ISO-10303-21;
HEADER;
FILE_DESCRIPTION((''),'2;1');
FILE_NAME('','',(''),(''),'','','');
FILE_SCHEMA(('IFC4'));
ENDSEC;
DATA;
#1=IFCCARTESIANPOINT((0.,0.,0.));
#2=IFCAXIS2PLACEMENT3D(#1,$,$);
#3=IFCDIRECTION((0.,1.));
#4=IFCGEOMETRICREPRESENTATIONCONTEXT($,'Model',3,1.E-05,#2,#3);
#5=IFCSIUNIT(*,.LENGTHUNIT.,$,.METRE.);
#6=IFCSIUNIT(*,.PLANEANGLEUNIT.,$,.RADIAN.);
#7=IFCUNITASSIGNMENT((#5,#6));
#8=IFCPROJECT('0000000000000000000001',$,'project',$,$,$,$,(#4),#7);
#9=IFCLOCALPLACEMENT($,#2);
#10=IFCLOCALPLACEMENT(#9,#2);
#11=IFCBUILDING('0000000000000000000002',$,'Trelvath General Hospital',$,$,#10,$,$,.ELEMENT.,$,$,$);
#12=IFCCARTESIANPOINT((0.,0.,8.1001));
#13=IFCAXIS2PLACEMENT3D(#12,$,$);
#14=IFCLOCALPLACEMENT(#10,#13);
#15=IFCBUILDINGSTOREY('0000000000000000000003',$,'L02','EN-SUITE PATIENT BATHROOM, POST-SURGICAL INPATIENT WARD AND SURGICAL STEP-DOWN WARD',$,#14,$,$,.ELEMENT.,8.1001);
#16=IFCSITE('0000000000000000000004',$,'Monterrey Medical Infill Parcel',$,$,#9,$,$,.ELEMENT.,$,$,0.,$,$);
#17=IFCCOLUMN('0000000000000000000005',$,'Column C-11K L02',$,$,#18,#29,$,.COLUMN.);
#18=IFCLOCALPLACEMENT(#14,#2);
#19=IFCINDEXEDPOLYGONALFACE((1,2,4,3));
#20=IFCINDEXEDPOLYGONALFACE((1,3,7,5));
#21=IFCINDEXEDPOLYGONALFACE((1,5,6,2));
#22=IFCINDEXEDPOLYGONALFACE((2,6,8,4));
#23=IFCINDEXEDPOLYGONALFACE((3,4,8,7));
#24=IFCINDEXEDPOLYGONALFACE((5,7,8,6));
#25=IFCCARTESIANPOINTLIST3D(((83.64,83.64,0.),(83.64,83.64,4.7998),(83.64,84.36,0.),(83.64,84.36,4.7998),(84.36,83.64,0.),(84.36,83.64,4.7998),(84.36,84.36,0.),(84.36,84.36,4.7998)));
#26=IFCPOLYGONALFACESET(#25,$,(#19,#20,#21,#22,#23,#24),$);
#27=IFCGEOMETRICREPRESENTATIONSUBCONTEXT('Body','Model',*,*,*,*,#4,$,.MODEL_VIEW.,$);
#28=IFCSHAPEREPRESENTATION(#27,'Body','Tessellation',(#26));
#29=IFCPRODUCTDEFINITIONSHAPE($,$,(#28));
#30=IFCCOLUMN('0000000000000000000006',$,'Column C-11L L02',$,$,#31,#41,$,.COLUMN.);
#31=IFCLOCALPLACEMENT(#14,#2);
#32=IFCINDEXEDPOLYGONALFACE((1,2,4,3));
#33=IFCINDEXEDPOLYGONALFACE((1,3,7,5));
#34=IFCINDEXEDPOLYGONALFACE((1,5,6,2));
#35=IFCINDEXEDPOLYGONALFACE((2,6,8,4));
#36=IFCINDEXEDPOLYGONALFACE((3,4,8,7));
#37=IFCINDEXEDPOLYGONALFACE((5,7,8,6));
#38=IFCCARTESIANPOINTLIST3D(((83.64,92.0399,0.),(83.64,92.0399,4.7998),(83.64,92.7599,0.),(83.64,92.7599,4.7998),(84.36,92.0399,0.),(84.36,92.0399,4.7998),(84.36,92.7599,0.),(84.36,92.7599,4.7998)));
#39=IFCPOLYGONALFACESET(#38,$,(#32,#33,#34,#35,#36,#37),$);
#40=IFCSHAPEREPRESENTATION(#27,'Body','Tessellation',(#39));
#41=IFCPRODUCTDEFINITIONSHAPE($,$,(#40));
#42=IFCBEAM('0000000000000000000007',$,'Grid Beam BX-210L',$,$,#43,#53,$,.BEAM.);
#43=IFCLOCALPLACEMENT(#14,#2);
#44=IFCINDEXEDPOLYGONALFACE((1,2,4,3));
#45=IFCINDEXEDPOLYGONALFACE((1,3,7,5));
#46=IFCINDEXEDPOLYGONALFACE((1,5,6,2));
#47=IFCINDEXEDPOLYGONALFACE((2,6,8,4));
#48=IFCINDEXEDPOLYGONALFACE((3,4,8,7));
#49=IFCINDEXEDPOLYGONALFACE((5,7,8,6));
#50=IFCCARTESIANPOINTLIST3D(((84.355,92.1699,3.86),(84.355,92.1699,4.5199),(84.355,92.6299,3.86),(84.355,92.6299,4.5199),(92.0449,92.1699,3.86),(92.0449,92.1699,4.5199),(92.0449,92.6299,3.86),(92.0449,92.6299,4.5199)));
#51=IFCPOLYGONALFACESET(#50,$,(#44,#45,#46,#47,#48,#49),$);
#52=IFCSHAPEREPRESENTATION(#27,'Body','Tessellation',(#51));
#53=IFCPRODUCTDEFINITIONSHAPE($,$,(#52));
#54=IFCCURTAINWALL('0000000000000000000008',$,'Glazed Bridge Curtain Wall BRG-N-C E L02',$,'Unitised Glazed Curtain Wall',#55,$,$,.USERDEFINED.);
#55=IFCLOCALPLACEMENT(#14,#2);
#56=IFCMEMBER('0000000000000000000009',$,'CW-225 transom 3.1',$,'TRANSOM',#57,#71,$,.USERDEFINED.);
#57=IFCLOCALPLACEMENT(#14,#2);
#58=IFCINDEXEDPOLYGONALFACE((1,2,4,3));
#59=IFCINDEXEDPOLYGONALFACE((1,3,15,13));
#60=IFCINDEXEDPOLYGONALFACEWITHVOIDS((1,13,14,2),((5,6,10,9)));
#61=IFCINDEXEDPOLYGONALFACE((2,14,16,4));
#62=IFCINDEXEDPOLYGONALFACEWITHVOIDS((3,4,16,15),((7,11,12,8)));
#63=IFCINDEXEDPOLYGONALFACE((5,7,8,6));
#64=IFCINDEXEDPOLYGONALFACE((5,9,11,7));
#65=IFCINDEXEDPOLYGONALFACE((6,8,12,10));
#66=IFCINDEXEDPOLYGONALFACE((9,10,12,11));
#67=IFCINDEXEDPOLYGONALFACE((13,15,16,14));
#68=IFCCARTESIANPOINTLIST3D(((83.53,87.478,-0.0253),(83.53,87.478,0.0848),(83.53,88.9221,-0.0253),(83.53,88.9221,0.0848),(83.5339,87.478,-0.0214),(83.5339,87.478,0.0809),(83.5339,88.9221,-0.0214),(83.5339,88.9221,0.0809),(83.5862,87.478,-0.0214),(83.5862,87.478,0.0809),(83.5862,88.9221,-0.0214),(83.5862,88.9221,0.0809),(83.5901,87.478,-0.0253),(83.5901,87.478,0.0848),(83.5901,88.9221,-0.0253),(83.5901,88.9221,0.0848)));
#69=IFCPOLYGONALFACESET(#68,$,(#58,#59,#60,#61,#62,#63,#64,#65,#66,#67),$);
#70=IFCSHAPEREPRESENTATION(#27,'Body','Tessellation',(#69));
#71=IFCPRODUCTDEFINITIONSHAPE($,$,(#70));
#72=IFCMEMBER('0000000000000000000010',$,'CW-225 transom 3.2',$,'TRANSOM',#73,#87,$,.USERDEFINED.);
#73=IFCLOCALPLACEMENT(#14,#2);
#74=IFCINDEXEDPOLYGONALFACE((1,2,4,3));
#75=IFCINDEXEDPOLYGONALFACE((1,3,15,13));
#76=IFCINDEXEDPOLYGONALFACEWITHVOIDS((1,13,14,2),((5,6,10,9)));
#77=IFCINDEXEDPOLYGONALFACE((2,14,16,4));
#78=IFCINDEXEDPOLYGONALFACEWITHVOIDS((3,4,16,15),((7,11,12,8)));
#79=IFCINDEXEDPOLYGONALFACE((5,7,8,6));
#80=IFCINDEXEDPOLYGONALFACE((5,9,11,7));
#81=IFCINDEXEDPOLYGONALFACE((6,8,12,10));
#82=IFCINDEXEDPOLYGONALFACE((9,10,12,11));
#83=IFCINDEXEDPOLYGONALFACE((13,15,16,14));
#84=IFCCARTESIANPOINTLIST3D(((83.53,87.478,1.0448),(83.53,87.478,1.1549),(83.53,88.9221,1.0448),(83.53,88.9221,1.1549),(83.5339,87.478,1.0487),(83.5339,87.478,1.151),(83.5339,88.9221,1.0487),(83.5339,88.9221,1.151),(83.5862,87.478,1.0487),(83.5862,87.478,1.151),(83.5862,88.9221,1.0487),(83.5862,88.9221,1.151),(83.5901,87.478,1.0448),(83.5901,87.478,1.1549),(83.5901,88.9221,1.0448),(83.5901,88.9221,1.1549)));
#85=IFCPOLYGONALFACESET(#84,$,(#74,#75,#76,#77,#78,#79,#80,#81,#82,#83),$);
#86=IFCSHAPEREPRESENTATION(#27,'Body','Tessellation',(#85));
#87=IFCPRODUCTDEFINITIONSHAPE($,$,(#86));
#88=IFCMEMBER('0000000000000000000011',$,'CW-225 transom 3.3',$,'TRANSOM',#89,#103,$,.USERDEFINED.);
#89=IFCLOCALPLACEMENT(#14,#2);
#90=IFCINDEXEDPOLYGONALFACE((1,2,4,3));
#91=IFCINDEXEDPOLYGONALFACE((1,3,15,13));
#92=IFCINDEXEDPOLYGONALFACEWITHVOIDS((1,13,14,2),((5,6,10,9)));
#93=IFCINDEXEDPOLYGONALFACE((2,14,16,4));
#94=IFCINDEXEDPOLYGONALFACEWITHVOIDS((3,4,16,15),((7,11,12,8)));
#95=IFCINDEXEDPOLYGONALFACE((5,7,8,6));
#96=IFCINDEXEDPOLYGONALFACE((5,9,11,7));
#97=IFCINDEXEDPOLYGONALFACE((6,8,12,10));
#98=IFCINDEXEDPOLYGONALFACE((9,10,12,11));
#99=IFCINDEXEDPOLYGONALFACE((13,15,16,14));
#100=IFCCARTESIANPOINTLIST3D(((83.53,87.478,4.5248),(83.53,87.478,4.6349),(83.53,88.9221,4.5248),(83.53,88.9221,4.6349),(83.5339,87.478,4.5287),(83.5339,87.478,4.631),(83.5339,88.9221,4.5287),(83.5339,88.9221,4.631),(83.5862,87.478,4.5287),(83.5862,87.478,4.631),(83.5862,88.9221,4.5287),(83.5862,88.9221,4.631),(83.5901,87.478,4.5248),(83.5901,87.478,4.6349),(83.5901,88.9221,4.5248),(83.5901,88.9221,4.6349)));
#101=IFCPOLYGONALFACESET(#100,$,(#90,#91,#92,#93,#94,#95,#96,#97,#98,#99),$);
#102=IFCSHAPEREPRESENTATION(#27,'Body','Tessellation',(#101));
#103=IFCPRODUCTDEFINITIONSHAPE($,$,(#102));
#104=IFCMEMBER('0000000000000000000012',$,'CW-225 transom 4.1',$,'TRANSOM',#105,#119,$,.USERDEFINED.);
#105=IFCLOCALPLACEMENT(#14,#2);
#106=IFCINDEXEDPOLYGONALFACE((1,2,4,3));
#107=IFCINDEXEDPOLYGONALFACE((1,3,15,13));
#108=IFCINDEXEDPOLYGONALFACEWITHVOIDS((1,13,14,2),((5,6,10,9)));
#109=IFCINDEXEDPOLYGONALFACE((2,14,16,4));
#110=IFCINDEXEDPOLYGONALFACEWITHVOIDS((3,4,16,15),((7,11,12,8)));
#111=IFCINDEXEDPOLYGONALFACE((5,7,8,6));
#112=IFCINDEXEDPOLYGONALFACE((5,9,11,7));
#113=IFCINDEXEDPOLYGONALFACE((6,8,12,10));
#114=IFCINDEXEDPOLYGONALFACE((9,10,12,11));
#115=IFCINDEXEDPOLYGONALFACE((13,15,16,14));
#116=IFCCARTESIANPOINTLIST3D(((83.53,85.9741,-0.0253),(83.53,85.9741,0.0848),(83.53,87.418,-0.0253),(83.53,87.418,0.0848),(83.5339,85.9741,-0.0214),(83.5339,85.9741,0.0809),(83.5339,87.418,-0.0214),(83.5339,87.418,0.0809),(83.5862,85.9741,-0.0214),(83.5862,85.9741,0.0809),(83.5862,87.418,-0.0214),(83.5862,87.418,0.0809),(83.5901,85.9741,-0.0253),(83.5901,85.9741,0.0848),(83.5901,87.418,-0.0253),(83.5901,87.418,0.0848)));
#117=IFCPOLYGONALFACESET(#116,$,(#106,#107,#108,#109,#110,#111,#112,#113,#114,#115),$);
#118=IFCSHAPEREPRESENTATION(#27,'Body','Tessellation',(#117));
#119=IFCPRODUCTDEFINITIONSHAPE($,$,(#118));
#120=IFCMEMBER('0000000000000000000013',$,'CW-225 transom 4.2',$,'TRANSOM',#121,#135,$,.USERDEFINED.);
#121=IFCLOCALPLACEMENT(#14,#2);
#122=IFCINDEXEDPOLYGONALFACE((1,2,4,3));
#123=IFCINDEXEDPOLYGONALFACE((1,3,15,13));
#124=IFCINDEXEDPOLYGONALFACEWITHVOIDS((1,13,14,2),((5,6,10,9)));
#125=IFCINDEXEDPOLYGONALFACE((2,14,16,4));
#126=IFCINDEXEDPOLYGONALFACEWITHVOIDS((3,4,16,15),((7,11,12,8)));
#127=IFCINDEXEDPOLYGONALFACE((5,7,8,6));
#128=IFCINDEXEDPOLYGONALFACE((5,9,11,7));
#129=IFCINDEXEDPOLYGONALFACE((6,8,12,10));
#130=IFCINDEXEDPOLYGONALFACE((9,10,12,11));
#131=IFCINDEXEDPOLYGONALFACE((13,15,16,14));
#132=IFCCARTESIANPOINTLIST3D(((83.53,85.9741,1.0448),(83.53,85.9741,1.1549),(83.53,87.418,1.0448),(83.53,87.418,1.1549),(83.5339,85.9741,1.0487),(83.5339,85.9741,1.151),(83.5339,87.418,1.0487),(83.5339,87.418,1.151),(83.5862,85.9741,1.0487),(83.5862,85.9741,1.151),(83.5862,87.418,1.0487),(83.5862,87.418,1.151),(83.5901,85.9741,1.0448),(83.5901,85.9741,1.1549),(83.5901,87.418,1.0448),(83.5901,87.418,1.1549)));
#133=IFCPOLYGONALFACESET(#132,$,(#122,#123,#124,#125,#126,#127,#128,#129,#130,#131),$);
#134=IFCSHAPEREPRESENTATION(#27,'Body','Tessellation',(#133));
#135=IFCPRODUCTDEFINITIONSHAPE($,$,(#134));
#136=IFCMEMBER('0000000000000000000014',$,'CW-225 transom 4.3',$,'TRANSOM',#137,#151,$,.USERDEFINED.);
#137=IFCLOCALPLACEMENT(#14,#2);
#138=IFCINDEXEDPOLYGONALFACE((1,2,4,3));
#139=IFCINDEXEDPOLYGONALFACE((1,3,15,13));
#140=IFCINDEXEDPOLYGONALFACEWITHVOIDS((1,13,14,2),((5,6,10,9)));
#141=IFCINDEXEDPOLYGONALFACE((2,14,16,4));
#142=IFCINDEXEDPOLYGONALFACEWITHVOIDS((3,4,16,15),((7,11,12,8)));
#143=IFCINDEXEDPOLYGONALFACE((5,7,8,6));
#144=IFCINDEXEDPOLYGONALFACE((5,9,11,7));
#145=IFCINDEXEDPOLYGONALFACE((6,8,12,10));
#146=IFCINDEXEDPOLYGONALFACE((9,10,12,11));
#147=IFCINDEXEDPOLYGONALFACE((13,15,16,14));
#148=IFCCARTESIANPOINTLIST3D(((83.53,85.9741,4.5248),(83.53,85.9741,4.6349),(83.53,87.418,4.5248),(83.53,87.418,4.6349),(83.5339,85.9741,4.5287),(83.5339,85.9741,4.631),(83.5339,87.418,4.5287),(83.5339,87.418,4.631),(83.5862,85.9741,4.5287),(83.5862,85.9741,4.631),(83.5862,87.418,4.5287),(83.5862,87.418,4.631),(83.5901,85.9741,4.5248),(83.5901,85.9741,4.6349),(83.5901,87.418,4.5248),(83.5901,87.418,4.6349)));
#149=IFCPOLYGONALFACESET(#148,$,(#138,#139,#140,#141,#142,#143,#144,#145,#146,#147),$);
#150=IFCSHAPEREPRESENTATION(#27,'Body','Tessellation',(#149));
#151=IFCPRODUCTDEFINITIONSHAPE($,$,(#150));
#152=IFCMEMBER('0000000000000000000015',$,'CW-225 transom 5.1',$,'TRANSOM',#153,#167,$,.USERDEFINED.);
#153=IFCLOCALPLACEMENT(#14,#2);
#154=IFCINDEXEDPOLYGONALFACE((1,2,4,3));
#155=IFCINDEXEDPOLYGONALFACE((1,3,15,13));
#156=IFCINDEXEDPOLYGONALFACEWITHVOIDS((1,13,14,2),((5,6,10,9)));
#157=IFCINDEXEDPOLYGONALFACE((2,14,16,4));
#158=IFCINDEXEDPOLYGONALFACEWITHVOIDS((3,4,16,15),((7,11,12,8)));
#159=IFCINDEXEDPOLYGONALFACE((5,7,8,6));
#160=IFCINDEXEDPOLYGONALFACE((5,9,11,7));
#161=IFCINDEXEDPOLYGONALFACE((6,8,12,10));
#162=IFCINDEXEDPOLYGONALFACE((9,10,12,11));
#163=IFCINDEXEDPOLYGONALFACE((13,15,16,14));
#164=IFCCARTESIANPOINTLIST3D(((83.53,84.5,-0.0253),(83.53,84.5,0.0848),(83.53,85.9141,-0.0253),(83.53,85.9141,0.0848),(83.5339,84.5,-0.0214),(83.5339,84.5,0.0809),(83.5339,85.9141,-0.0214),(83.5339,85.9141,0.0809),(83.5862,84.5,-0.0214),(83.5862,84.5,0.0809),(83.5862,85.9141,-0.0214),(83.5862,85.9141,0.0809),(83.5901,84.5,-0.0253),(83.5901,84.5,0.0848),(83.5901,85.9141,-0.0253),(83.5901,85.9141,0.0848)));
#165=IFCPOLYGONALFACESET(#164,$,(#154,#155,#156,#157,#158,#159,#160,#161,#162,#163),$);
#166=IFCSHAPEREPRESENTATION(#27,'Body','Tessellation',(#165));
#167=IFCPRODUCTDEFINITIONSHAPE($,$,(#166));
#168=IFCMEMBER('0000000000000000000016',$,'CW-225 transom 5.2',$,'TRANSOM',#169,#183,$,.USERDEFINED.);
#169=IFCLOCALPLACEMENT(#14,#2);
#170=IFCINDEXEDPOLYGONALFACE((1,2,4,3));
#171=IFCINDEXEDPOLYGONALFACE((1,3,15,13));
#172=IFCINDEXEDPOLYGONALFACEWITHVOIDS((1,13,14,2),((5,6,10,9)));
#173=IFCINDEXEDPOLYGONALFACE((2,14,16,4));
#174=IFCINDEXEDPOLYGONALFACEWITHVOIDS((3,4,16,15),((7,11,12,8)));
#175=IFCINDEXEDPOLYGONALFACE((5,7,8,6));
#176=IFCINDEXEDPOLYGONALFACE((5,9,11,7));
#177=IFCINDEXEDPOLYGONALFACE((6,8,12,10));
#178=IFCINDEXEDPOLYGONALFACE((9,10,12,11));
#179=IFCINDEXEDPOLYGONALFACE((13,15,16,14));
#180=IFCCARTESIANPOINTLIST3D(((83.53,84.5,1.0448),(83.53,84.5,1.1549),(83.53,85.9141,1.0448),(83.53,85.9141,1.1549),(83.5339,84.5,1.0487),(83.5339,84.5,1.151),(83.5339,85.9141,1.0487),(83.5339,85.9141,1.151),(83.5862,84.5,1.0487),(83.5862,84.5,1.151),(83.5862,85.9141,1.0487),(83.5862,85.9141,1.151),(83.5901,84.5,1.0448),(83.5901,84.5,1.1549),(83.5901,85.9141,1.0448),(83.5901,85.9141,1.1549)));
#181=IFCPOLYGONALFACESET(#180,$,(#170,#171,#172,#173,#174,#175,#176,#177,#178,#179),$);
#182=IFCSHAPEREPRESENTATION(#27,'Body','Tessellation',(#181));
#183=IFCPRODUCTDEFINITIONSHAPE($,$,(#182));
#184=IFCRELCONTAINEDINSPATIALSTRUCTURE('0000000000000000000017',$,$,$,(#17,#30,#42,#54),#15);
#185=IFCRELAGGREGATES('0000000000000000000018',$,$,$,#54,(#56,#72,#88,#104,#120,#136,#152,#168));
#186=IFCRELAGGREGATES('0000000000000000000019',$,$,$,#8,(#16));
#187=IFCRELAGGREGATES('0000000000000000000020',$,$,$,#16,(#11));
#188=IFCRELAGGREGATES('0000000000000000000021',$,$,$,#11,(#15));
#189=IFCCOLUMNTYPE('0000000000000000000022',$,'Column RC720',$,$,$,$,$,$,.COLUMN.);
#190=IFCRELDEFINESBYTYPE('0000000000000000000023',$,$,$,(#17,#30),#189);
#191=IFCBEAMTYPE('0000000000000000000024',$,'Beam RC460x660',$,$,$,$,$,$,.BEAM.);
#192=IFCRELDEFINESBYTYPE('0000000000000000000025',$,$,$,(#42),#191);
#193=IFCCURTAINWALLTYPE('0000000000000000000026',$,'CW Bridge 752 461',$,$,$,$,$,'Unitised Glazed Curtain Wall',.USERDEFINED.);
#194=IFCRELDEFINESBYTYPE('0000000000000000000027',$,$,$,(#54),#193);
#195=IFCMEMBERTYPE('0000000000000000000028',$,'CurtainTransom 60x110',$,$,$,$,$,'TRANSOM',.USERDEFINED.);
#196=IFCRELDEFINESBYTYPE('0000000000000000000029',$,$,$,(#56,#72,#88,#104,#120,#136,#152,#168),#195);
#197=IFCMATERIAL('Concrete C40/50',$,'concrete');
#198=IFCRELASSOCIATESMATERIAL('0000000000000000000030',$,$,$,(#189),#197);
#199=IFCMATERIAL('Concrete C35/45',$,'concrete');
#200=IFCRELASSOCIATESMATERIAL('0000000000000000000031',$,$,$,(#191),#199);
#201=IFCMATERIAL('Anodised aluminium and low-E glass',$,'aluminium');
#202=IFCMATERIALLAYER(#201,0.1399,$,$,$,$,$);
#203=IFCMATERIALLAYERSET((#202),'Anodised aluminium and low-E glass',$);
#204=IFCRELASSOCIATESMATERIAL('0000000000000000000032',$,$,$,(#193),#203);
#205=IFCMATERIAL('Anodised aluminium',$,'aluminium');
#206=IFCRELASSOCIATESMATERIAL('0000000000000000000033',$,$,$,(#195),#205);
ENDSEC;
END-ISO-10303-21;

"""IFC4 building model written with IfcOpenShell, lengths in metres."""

from ifc_helpers import new_model, si_unit, direction, frame, origin, origin_2d, place, context, subcontext, project, spatial, rectangle, hollow_rectangle, extrude, material, layer, layer_set, material_profile, profile_set, type_object, element, aggregate, save


model = new_model("IFC4")

# Units and contexts
model_context = context("Model", 3, precision=1e-05, world=origin(), true_north=direction((0.0, 1.0)))
body_context = subcontext(model_context, "Body", "Model", "MODEL_VIEW")
ifc_project = project(units=[si_unit("LENGTHUNIT", "METRE"), si_unit("PLANEANGLEUNIT", "RADIAN")], contexts=[model_context])

# Site, building, storey
site_placement = place(None, origin())
site = spatial("IfcSite", under=ifc_project, at=site_placement, Name="Monterrey Medical Infill Parcel", CompositionType="ELEMENT", RefElevation=0.0)
building_placement = place(site_placement, origin())
building = spatial("IfcBuilding", under=site, at=building_placement, Name="Trelvath General Hospital", CompositionType="ELEMENT")
storey_placement = place(building_placement, frame((0.0, 0.0, 8.1001)))
storey = spatial("IfcBuildingStorey", under=building, at=storey_placement, Name="L02", Description="EN-SUITE PATIENT BATHROOM, POST-SURGICAL INPATIENT WARD AND SURGICAL STEP-DOWN WARD", CompositionType="ELEMENT", Elevation=8.1001)

# Columns
ifc_material_1 = material(Name="Concrete C40/50", Category="concrete")
ifc_material_profile_1 = material_profile(ifc_material_1, rectangle(XDim=0.72, YDim=0.72, at=origin_2d()), Name="RC720x720")
ifc_profile_set_1 = profile_set([ifc_material_profile_1], Name="Concrete C40/50")
column_type = type_object("IfcColumnType", Name="Column RC720", PredefinedType="COLUMN", material=ifc_profile_set_1)
for number, where, z_axis, x_axis, name in (
    (1, (84.0, 84.0, 0.0), (0.0, 0.0, 1.0), (1.0, 0.0, 0.0), "Column C-11K L02"),
    (2, (84.0, 92.3999, 0.0), (0.0, 0.0, 1.0), (1.0, 0.0, 0.0), "Column C-11L L02"),
):
    element("IfcColumn", number, at=place(storey_placement, frame(where, z_axis=z_axis, x_axis=x_axis)), inside=storey, type_object=column_type, Name=name, PredefinedType="COLUMN", context=body_context, shape_type="SweptSolid", body=[
        extrude(rectangle(XDim=0.72, YDim=0.72, at=origin_2d()), origin(), (0.0, 0.0, 1.0), 4.7998),
    ])

# Beam
ifc_material_2 = material(Name="Concrete C35/45", Category="concrete")
ifc_material_profile_2 = material_profile(ifc_material_2, rectangle(XDim=0.46, YDim=0.6599, at=origin_2d()), Name="RCB460x660")
ifc_profile_set_2 = profile_set([ifc_material_profile_2], Name="Concrete C35/45")
beam_type = type_object("IfcBeamType", Name="Beam RC460x660", PredefinedType="BEAM", material=ifc_profile_set_2)
beam_placement = place(storey_placement, frame((84.355, 92.3999, 4.1899), z_axis=(1.0, 0.0, 0.0), x_axis=(0.0, 1.0, 0.0)))
element("IfcBeam", 3, at=beam_placement, inside=storey, type_object=beam_type, Name="Grid Beam BX-210L", PredefinedType="BEAM", context=body_context, shape_type="SweptSolid", body=[
    extrude(rectangle(XDim=0.46, YDim=0.6599, at=origin_2d()), origin(), (0.0, 0.0, 1.0), 7.6899),
])

# Curtain wall, members
ifc_material_3 = material(Name="Anodised aluminium and low-E glass", Category="aluminium")
ifc_layer_1 = layer(ifc_material_3, 0.1399)
ifc_layer_set_1 = layer_set([ifc_layer_1], Name="Anodised aluminium and low-E glass")
curtain_wall_type = type_object("IfcCurtainWallType", Name="CW Bridge 752 461", ElementType="Unitised Glazed Curtain Wall", PredefinedType="USERDEFINED", material=ifc_layer_set_1)
curtain_wall_placement = place(storey_placement, origin())
curtain_wall = element("IfcCurtainWall", 4, at=curtain_wall_placement, inside=storey, type_object=curtain_wall_type, Name="Glazed Bridge Curtain Wall BRG-N-C E L02", ObjectType="Unitised Glazed Curtain Wall", PredefinedType="USERDEFINED")
ifc_material_4 = material(Name="Anodised aluminium", Category="aluminium")
ifc_material_profile_3 = material_profile(ifc_material_4, hollow_rectangle(XDim=0.0601, YDim=0.1101, WallThickness=0.0039, at=origin_2d()), Name="RHS60x110x4")
ifc_profile_set_3 = profile_set([ifc_material_profile_3], Name="Anodised aluminium")
member_type = type_object("IfcMemberType", Name="CurtainTransom 60x110", ElementType="TRANSOM", PredefinedType="USERDEFINED", material=ifc_profile_set_3)
member_1_placement = place(storey_placement, frame((83.5601, 88.9221, 0.0298), z_axis=(0.0, -1.0, 0.0), x_axis=(1.0, 0.0, 0.0)))
member_1 = element("IfcMember", 5, at=member_1_placement, type_object=member_type, Name="CW-225 transom 3.1", ObjectType="TRANSOM", PredefinedType="USERDEFINED", context=body_context, shape_type="SweptSolid", body=[
    extrude(hollow_rectangle(XDim=0.0601, YDim=0.1101, WallThickness=0.0039, at=origin_2d()), origin(), (0.0, 0.0, 1.0), 1.4441),
])
member_2_placement = place(storey_placement, frame((83.5601, 88.9221, 1.0999), z_axis=(0.0, -1.0, 0.0), x_axis=(1.0, 0.0, 0.0)))
member_2 = element("IfcMember", 6, at=member_2_placement, type_object=member_type, Name="CW-225 transom 3.2", ObjectType="TRANSOM", PredefinedType="USERDEFINED", context=body_context, shape_type="SweptSolid", body=[
    extrude(hollow_rectangle(XDim=0.0601, YDim=0.1101, WallThickness=0.0039, at=origin_2d()), origin(), (0.0, 0.0, 1.0), 1.4441),
])
member_3_placement = place(storey_placement, frame((83.5601, 88.9221, 4.5798), z_axis=(0.0, -1.0, 0.0), x_axis=(1.0, 0.0, 0.0)))
member_3 = element("IfcMember", 7, at=member_3_placement, type_object=member_type, Name="CW-225 transom 3.3", ObjectType="TRANSOM", PredefinedType="USERDEFINED", context=body_context, shape_type="SweptSolid", body=[
    extrude(hollow_rectangle(XDim=0.0601, YDim=0.1101, WallThickness=0.0039, at=origin_2d()), origin(), (0.0, 0.0, 1.0), 1.4441),
])
member_4_placement = place(storey_placement, frame((83.5601, 87.418, 0.0298), z_axis=(0.0, -1.0, 0.0), x_axis=(1.0, 0.0, 0.0)))
member_4 = element("IfcMember", 8, at=member_4_placement, type_object=member_type, Name="CW-225 transom 4.1", ObjectType="TRANSOM", PredefinedType="USERDEFINED", context=body_context, shape_type="SweptSolid", body=[
    extrude(hollow_rectangle(XDim=0.0601, YDim=0.1101, WallThickness=0.0039, at=origin_2d()), origin(), (0.0, 0.0, 1.0), 1.4438),
])
member_5_placement = place(storey_placement, frame((83.5601, 87.418, 1.0999), z_axis=(0.0, -1.0, 0.0), x_axis=(1.0, 0.0, 0.0)))
member_5 = element("IfcMember", 9, at=member_5_placement, type_object=member_type, Name="CW-225 transom 4.2", ObjectType="TRANSOM", PredefinedType="USERDEFINED", context=body_context, shape_type="SweptSolid", body=[
    extrude(hollow_rectangle(XDim=0.0601, YDim=0.1101, WallThickness=0.0039, at=origin_2d()), origin(), (0.0, 0.0, 1.0), 1.4438),
])
member_6_placement = place(storey_placement, frame((83.5601, 87.418, 4.5798), z_axis=(0.0, -1.0, 0.0), x_axis=(1.0, 0.0, 0.0)))
member_6 = element("IfcMember", 10, at=member_6_placement, type_object=member_type, Name="CW-225 transom 4.3", ObjectType="TRANSOM", PredefinedType="USERDEFINED", context=body_context, shape_type="SweptSolid", body=[
    extrude(hollow_rectangle(XDim=0.0601, YDim=0.1101, WallThickness=0.0039, at=origin_2d()), origin(), (0.0, 0.0, 1.0), 1.4438),
])
member_7_placement = place(storey_placement, frame((83.5601, 85.9141, 0.0298), z_axis=(0.0, -1.0, 0.0), x_axis=(1.0, 0.0, 0.0)))
member_7 = element("IfcMember", 11, at=member_7_placement, type_object=member_type, Name="CW-225 transom 5.1", ObjectType="TRANSOM", PredefinedType="USERDEFINED", context=body_context, shape_type="SweptSolid", body=[
    extrude(hollow_rectangle(XDim=0.0601, YDim=0.1101, WallThickness=0.0039, at=origin_2d()), origin(), (0.0, 0.0, 1.0), 1.4141),
])
member_8_placement = place(storey_placement, frame((83.5601, 85.9141, 1.0999), z_axis=(0.0, -1.0, 0.0), x_axis=(1.0, 0.0, 0.0)))
member_8 = element("IfcMember", 12, at=member_8_placement, type_object=member_type, Name="CW-225 transom 5.2", ObjectType="TRANSOM", PredefinedType="USERDEFINED", context=body_context, shape_type="SweptSolid", body=[
    extrude(hollow_rectangle(XDim=0.0601, YDim=0.1101, WallThickness=0.0039, at=origin_2d()), origin(), (0.0, 0.0, 1.0), 1.4141),
])

aggregate(curtain_wall, [member_1, member_2, member_3, member_4, member_5, member_6, member_7, member_8])

save(model, "model.ifc")
